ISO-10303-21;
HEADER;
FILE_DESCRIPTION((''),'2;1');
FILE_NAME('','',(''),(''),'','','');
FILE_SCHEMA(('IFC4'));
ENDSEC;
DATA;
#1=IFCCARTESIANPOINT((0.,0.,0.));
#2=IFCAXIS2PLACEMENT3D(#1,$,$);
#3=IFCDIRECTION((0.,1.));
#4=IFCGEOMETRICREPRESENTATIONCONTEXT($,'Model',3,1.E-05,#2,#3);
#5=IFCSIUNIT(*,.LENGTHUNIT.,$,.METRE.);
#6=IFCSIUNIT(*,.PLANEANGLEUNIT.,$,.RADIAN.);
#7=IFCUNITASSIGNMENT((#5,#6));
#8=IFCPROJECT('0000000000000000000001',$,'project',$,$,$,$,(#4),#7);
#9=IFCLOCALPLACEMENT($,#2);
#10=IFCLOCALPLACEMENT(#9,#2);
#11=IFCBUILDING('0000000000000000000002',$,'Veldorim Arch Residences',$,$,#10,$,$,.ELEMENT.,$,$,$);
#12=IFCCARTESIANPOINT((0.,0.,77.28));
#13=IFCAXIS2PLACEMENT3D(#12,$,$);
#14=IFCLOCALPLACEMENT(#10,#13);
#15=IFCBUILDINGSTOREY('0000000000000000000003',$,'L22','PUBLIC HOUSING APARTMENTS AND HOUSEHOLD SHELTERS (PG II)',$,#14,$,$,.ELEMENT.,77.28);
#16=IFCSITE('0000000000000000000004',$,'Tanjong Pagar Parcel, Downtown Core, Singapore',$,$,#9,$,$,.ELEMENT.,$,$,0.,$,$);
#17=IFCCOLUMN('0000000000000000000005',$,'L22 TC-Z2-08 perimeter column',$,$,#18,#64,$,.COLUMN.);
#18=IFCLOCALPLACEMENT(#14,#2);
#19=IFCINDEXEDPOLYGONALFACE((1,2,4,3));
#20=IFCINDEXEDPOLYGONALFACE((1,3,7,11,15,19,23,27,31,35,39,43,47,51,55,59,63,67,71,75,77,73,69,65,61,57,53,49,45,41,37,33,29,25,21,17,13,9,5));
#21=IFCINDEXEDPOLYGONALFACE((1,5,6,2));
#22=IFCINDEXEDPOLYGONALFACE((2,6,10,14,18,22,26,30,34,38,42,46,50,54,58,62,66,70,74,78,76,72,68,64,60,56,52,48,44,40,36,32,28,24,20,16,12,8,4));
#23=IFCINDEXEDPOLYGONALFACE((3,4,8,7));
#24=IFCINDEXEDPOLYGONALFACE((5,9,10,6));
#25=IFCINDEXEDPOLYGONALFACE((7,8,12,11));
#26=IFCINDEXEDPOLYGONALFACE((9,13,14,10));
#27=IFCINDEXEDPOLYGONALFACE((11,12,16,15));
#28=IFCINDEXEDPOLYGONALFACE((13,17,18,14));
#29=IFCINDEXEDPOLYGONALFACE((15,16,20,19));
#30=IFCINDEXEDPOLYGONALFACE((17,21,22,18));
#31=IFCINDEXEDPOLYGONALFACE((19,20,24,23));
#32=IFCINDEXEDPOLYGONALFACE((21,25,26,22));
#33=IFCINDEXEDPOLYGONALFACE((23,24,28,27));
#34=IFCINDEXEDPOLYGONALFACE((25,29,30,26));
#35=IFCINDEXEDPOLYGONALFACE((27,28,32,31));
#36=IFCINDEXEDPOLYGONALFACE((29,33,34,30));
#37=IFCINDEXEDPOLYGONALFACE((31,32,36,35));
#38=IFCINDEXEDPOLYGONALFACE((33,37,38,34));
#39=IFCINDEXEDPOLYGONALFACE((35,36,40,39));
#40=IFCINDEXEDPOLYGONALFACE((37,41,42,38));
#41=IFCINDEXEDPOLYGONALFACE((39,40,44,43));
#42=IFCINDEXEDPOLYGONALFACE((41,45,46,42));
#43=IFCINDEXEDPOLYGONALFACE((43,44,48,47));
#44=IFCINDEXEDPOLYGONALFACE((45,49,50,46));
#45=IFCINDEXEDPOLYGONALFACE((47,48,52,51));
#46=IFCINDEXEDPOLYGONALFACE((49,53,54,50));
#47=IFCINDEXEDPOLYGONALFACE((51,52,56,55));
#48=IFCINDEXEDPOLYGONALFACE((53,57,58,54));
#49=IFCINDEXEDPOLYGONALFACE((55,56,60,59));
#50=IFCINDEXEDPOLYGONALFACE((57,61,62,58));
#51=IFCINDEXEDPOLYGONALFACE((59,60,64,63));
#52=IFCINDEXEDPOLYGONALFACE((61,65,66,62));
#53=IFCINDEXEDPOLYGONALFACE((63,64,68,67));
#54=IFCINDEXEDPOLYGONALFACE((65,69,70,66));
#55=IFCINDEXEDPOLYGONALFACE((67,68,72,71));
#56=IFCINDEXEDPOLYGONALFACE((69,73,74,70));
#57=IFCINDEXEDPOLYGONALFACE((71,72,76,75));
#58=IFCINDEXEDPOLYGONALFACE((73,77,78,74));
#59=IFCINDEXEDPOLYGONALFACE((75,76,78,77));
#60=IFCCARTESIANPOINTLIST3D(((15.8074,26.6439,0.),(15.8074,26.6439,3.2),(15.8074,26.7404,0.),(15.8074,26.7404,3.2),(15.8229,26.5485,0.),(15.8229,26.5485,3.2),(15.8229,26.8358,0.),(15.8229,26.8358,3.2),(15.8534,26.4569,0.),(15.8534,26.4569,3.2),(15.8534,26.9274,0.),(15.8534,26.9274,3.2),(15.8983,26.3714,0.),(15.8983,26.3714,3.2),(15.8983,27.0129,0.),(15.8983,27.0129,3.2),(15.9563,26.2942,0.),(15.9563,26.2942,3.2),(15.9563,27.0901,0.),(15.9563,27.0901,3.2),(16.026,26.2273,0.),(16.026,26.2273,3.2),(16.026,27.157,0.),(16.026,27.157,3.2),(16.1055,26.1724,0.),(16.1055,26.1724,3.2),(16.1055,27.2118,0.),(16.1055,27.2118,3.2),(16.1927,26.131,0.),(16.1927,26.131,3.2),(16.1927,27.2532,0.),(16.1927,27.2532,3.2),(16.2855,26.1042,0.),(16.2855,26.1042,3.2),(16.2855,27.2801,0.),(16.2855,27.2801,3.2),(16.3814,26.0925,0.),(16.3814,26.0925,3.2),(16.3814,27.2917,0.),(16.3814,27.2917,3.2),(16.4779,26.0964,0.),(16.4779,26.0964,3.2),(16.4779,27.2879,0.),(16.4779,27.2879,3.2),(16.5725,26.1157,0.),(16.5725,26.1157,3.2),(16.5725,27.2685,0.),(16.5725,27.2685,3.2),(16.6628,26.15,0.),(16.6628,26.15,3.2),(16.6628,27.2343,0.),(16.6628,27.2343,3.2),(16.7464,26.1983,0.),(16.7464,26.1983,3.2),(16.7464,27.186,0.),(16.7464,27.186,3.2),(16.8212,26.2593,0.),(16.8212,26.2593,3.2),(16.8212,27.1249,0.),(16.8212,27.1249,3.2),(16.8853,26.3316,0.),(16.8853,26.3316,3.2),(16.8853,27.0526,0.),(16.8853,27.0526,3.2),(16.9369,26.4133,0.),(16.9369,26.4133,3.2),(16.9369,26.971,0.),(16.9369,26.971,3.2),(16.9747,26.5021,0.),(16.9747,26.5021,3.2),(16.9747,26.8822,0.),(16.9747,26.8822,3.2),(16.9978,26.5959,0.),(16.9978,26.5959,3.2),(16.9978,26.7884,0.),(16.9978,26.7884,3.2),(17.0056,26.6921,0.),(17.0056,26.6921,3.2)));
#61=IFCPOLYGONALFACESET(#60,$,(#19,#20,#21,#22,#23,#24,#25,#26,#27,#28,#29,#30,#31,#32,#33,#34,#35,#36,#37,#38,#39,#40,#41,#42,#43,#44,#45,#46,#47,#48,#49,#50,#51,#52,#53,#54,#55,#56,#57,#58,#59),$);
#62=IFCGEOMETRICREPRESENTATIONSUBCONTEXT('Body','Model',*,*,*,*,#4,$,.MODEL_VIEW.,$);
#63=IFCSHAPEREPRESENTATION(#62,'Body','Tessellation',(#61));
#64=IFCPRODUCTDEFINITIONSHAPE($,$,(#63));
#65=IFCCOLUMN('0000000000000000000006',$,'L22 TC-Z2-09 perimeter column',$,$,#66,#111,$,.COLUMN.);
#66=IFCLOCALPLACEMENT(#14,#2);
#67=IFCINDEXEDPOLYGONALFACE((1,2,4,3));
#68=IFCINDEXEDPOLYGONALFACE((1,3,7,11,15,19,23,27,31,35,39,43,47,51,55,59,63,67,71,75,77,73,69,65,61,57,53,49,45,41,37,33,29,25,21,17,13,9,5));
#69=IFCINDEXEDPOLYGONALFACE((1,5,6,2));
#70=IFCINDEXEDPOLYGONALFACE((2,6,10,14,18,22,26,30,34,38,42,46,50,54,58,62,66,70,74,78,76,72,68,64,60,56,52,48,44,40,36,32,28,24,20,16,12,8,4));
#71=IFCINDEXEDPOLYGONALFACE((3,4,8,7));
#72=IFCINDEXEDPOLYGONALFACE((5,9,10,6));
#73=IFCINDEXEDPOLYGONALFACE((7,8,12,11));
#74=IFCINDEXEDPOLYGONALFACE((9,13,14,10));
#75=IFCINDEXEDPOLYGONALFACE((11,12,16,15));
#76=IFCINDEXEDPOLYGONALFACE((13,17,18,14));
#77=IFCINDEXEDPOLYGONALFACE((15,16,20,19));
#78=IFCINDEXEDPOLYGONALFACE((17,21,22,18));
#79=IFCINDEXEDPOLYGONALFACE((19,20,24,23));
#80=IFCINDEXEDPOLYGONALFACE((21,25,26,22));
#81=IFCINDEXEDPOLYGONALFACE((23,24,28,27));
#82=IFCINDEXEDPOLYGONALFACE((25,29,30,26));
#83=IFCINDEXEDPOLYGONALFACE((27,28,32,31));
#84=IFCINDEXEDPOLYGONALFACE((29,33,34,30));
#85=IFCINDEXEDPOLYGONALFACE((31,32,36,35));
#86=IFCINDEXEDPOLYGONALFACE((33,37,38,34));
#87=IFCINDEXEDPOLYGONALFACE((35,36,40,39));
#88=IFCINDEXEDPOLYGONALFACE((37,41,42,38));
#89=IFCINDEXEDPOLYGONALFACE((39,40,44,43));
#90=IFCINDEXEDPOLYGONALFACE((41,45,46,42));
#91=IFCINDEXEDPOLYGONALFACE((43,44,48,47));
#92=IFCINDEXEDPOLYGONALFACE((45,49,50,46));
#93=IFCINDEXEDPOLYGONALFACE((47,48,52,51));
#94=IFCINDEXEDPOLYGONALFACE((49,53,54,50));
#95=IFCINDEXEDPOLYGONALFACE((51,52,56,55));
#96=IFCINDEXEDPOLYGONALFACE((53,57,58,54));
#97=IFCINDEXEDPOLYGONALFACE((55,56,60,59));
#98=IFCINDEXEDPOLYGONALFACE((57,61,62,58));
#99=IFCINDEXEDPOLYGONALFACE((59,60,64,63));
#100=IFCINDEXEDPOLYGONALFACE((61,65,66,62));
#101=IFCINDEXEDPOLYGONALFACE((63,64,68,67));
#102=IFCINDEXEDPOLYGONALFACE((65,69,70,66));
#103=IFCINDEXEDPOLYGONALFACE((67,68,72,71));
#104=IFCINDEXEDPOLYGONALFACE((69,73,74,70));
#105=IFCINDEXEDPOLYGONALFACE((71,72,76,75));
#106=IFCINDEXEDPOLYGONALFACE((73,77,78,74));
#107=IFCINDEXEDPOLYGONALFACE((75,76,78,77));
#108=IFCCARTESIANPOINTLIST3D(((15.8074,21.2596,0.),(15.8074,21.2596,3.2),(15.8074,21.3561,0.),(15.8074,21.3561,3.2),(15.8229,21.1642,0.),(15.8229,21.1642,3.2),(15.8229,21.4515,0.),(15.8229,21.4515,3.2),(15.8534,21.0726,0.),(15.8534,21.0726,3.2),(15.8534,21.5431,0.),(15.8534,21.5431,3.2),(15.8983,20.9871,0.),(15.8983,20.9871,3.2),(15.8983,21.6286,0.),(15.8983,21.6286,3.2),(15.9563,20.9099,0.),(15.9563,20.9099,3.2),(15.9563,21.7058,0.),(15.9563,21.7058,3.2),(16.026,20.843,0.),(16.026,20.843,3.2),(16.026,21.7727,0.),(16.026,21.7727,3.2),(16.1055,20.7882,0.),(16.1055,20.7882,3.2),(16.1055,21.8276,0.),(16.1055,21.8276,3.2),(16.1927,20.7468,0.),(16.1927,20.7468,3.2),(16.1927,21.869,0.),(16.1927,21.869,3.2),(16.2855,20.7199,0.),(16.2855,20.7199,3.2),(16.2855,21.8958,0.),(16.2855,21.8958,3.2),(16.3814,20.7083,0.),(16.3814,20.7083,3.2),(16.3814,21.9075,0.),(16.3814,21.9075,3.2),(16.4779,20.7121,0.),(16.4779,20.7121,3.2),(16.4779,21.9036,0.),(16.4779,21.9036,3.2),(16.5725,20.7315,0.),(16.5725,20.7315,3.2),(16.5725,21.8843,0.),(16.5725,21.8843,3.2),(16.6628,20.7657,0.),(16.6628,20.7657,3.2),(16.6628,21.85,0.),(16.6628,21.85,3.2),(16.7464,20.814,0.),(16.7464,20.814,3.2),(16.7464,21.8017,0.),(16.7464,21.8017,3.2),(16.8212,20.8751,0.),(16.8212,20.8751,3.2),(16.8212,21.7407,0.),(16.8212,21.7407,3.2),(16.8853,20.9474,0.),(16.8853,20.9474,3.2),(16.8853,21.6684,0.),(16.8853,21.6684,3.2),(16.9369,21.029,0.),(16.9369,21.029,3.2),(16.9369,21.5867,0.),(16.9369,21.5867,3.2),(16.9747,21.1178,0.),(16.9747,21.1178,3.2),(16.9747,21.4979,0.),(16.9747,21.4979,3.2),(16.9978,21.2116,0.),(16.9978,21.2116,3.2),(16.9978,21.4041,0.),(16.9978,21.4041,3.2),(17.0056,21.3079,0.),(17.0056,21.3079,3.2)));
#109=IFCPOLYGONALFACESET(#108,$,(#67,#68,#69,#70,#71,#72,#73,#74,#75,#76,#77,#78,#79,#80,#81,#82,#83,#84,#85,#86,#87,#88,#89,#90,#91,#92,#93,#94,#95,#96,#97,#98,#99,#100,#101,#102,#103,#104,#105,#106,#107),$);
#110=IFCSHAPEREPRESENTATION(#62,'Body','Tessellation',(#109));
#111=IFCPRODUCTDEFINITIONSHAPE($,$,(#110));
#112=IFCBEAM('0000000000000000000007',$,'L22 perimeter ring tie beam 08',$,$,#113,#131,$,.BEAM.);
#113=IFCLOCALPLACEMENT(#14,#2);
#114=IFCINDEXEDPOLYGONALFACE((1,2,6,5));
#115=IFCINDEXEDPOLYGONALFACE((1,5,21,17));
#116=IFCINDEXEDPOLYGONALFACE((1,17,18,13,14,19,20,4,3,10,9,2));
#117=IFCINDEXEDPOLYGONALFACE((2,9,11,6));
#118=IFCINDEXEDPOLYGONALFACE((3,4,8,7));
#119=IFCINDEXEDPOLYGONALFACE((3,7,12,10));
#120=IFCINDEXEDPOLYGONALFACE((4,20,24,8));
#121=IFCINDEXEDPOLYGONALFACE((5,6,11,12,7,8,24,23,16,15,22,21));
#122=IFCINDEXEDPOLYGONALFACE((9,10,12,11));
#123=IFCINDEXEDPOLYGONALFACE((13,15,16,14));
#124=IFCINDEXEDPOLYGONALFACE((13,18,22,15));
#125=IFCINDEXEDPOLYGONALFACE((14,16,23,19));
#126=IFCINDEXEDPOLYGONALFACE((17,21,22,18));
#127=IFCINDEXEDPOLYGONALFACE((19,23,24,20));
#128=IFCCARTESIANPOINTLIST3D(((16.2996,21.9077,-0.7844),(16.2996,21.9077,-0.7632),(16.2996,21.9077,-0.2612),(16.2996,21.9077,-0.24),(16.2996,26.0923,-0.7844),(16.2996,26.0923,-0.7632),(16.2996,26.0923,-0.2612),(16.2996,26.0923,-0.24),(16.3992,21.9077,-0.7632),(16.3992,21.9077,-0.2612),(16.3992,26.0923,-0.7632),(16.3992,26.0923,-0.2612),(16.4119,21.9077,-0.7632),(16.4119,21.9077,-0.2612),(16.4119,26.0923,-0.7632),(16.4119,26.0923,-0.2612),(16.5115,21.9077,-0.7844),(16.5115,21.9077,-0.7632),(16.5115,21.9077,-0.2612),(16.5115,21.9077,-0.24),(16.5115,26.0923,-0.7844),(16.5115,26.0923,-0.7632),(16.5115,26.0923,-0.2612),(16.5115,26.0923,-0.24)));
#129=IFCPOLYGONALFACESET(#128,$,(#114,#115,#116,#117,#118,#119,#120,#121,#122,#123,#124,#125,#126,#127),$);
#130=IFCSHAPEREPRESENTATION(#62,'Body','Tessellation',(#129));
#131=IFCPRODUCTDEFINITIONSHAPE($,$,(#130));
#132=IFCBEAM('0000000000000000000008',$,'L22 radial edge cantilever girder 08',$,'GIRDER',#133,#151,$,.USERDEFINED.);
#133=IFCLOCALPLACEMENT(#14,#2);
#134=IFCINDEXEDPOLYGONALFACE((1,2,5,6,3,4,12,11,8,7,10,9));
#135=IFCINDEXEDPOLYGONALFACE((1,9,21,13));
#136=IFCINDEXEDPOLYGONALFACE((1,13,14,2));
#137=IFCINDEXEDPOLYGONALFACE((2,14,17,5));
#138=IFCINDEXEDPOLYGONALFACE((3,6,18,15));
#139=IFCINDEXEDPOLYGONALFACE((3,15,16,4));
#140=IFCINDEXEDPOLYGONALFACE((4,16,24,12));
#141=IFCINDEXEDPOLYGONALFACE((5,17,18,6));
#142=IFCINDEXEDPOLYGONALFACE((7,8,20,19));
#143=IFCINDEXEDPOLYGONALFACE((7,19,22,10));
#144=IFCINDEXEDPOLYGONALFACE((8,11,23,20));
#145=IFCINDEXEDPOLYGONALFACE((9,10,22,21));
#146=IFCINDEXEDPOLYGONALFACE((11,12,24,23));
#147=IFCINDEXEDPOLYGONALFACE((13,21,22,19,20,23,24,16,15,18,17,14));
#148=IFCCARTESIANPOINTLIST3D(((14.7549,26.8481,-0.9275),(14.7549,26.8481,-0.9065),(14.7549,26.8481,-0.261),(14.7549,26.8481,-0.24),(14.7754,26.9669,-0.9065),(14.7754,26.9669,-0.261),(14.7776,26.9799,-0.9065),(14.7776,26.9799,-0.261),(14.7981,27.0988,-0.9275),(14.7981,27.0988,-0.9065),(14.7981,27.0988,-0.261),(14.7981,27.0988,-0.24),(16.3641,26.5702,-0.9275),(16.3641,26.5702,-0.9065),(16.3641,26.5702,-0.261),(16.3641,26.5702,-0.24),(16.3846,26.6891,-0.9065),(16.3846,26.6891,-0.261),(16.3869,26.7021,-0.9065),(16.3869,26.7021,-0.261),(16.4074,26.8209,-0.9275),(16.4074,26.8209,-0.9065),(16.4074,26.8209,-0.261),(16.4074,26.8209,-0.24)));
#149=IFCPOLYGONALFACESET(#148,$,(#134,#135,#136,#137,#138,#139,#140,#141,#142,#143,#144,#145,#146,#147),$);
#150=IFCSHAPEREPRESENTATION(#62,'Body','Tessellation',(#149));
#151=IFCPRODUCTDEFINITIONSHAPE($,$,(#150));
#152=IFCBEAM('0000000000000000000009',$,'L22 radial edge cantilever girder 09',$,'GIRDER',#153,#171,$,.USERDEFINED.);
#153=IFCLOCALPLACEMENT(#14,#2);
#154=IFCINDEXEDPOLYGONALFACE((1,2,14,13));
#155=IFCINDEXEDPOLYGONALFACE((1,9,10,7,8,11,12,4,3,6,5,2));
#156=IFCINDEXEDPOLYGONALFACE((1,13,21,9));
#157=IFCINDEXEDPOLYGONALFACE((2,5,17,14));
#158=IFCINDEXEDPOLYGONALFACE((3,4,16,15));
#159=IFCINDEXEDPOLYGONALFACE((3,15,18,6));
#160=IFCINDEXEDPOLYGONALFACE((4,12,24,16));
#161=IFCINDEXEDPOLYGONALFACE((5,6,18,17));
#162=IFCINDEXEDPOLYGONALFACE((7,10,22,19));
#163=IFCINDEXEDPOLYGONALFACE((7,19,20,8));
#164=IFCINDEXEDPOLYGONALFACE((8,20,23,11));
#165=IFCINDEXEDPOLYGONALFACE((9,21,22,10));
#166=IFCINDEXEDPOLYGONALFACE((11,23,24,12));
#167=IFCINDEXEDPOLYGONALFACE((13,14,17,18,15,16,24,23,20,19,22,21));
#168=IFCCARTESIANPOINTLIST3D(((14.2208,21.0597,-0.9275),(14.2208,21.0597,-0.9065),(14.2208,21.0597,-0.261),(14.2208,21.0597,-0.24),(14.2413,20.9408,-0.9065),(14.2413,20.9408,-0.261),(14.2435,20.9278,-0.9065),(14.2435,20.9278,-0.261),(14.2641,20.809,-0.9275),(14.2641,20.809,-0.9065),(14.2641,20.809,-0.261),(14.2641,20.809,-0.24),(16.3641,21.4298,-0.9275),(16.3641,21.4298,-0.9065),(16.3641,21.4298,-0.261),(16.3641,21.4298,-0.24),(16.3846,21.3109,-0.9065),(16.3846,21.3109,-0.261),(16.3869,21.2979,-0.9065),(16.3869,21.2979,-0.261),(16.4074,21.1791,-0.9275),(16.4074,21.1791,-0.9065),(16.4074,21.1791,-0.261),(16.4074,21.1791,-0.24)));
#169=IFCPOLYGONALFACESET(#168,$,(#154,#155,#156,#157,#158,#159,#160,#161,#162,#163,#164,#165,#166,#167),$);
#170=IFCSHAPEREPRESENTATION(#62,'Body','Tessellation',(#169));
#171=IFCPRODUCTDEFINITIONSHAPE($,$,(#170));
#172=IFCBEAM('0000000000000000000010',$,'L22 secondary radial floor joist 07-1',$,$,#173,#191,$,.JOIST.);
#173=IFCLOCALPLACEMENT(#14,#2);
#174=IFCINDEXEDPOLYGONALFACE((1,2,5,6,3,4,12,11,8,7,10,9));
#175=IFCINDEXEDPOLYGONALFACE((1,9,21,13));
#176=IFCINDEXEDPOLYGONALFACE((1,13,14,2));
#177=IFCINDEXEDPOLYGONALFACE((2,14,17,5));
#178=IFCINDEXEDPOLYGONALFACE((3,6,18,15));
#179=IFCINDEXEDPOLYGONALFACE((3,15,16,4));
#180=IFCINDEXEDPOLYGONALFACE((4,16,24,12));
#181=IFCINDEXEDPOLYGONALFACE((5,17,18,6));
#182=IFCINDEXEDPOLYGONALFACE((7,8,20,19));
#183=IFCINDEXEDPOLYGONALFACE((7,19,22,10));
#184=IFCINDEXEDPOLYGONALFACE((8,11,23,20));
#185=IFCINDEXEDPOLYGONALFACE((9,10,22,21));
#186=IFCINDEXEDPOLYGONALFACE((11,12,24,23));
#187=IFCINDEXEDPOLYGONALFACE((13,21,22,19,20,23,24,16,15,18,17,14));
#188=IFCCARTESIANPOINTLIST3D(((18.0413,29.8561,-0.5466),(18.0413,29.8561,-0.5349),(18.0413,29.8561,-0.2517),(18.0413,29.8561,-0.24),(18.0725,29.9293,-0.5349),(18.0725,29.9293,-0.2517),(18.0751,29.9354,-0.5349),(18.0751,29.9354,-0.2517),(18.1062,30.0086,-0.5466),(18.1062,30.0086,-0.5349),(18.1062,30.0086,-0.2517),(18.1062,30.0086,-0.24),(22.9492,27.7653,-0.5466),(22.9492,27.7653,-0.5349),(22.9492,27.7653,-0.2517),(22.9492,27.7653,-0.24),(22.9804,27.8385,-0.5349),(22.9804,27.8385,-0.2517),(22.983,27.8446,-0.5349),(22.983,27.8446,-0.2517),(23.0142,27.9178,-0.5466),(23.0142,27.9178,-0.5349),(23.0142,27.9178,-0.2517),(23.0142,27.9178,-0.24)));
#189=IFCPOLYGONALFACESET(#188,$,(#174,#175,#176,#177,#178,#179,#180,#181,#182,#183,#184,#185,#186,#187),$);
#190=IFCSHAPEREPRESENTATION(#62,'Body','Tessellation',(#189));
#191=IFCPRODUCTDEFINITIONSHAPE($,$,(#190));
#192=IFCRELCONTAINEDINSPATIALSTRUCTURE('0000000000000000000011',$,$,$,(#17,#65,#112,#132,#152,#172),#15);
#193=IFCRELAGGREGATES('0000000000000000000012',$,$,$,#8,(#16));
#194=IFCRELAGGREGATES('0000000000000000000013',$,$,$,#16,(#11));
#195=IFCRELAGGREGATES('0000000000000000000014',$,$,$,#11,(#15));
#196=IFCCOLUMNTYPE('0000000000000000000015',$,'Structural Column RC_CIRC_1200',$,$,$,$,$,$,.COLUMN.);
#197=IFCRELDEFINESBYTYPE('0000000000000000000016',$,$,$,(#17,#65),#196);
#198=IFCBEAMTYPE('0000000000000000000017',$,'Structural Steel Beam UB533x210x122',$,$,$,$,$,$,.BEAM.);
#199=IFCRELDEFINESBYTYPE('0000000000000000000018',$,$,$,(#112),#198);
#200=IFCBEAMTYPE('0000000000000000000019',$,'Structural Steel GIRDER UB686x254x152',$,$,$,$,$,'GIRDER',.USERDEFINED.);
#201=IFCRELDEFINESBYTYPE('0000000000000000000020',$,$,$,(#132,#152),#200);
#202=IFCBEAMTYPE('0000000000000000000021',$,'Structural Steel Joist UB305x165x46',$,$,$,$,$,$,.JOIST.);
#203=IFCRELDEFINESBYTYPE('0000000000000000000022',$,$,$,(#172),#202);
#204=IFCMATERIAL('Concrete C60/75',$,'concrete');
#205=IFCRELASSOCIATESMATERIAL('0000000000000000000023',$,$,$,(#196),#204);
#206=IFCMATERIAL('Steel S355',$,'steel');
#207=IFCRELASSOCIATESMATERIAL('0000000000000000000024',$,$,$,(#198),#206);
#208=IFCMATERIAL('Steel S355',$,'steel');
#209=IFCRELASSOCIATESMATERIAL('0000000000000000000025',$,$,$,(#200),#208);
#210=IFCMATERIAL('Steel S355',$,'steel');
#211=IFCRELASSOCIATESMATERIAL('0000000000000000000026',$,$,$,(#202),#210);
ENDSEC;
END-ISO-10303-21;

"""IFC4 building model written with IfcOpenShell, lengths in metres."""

from ifc_helpers import new_model, si_unit, direction, frame, origin, origin_2d, place, context, subcontext, project, spatial, circle, i_section, extrude, material, material_profile, profile_set, type_object, element, save


model = new_model("IFC4")

# Units and contexts
model_context = context("Model", 3, precision=1e-05, world=origin(), true_north=direction((0.0, 1.0)))
body_context = subcontext(model_context, "Body", "Model", "MODEL_VIEW")
ifc_project = project(units=[si_unit("LENGTHUNIT", "METRE"), si_unit("PLANEANGLEUNIT", "RADIAN")], contexts=[model_context])

# Site, building, storey
site_placement = place(None, origin())
site = spatial("IfcSite", under=ifc_project, at=site_placement, Name="Tanjong Pagar Parcel, Downtown Core, Singapore", CompositionType="ELEMENT", RefElevation=0.0)
building_placement = place(site_placement, origin())
building = spatial("IfcBuilding", under=site, at=building_placement, Name="Veldorim Arch Residences", CompositionType="ELEMENT")
storey_placement = place(building_placement, frame((0.0, 0.0, 77.28)))
storey = spatial("IfcBuildingStorey", under=building, at=storey_placement, Name="L22", Description="PUBLIC HOUSING APARTMENTS AND HOUSEHOLD SHELTERS (PG II)", CompositionType="ELEMENT", Elevation=77.28)

# Columns
ifc_material_1 = material(Name="Concrete C60/75", Category="concrete")
ifc_material_profile_1 = material_profile(ifc_material_1, circle(Radius=0.6001, at=origin_2d()), Name="RC_CIRC_1200")
ifc_profile_set_1 = profile_set([ifc_material_profile_1], Name="Concrete C60/75")
column_type = type_object("IfcColumnType", Name="Structural Column RC_CIRC_1200", PredefinedType="COLUMN", material=ifc_profile_set_1)
for number, where, z_axis, x_axis, name in (
    (1, (16.4055, 26.6921, 0.0), (0.0, 0.0, 1.0), (1.0, 0.0, 0.0), "L22 TC-Z2-08 perimeter column"),
    (2, (16.4055, 21.3079, 0.0), (0.0, 0.0, 1.0), (1.0, 0.0, 0.0), "L22 TC-Z2-09 perimeter column"),
):
    element("IfcColumn", number, at=place(storey_placement, frame(where, z_axis=z_axis, x_axis=x_axis)), inside=storey, type_object=column_type, Name=name, PredefinedType="COLUMN", context=body_context, shape_type="SweptSolid", body=[
        extrude(circle(Radius=0.6001, at=origin_2d()), origin(), (0.0, 0.0, 1.0), 3.2),
    ])

# Beams
ifc_material_2 = material(Name="Steel S355", Category="steel")
ifc_material_profile_2 = material_profile(ifc_material_2, i_section(OverallWidth=0.2119, OverallDepth=0.5444, WebThickness=0.0127, FlangeThickness=0.0212, at=origin_2d()), Name="UB533x210x122")
ifc_profile_set_2 = profile_set([ifc_material_profile_2], Name="Steel S355")
beam_type_1 = type_object("IfcBeamType", Name="Structural Steel Beam UB533x210x122", PredefinedType="BEAM", material=ifc_profile_set_2)
beam_1_placement = place(storey_placement, frame((16.4055, 26.0923, -0.5122), z_axis=(0.0, -1.0, 0.0), x_axis=(1.0, 0.0, 0.0)))
element("IfcBeam", 3, at=beam_1_placement, inside=storey, type_object=beam_type_1, Name="L22 perimeter ring tie beam 08", PredefinedType="BEAM", context=body_context, shape_type="SweptSolid", body=[
    extrude(i_section(OverallWidth=0.2119, OverallDepth=0.5444, WebThickness=0.0127, FlangeThickness=0.0212, at=origin_2d()), origin(), (0.0, 0.0, 1.0), 4.1846),
])
ifc_material_3 = material(Name="Steel S355", Category="steel")
ifc_material_profile_3 = material_profile(ifc_material_3, i_section(OverallWidth=0.2544, OverallDepth=0.6875, WebThickness=0.0132, FlangeThickness=0.021, at=origin_2d()), Name="UB686x254x152")
ifc_profile_set_3 = profile_set([ifc_material_profile_3], Name="Steel S355")
beam_type_2 = type_object("IfcBeamType", Name="Structural Steel GIRDER UB686x254x152", ElementType="GIRDER", PredefinedType="USERDEFINED", material=ifc_profile_set_3)
beam_2_placement = place(storey_placement, frame((16.3857, 26.6956, -0.5837), z_axis=(-0.98542, 0.170142, 0.0), x_axis=(-0.170142, -0.98542, 0.0)))
element("IfcBeam", 4, at=beam_2_placement, inside=storey, type_object=beam_type_2, Name="L22 radial edge cantilever girder 08", ObjectType="GIRDER", PredefinedType="USERDEFINED", context=body_context, shape_type="SweptSolid", body=[
    extrude(i_section(OverallWidth=0.2544, OverallDepth=0.6875, WebThickness=0.0132, FlangeThickness=0.021, at=origin_2d()), origin(), (0.0, 0.0, 1.0), 1.6331),
])
beam_3_placement = place(storey_placement, frame((16.3857, 21.3044, -0.5837), z_axis=(-0.985415, -0.170166, 0.0), x_axis=(0.170166, -0.985415, 0.0)))
element("IfcBeam", 5, at=beam_3_placement, inside=storey, type_object=beam_type_2, Name="L22 radial edge cantilever girder 09", ObjectType="GIRDER", PredefinedType="USERDEFINED", context=body_context, shape_type="SweptSolid", body=[
    extrude(i_section(OverallWidth=0.2544, OverallDepth=0.6875, WebThickness=0.0132, FlangeThickness=0.021, at=origin_2d()), origin(), (0.0, 0.0, 1.0), 2.175),
])
ifc_material_4 = material(Name="Steel S355", Category="steel")
ifc_material_profile_4 = material_profile(ifc_material_4, i_section(OverallWidth=0.1658, OverallDepth=0.3066, WebThickness=0.0066, FlangeThickness=0.0117, at=origin_2d()), Name="UB305x165x46")
ifc_profile_set_4 = profile_set([ifc_material_profile_4], Name="Steel S355")
beam_type_3 = type_object("IfcBeamType", Name="Structural Steel Joist UB305x165x46", PredefinedType="JOIST", material=ifc_profile_set_4)
beam_4_placement = place(storey_placement, frame((22.9817, 27.8416, -0.3933), z_axis=(-0.919997, 0.391924, 0.0), x_axis=(-0.391924, -0.919997, 0.0)))
element("IfcBeam", 6, at=beam_4_placement, inside=storey, type_object=beam_type_3, Name="L22 secondary radial floor joist 07-1", PredefinedType="JOIST", context=body_context, shape_type="SweptSolid", body=[
    extrude(i_section(OverallWidth=0.1658, OverallDepth=0.3066, WebThickness=0.0066, FlangeThickness=0.0117, at=origin_2d()), origin(), (0.0, 0.0, 1.0), 5.3347),
])

save(model, "model.ifc")
